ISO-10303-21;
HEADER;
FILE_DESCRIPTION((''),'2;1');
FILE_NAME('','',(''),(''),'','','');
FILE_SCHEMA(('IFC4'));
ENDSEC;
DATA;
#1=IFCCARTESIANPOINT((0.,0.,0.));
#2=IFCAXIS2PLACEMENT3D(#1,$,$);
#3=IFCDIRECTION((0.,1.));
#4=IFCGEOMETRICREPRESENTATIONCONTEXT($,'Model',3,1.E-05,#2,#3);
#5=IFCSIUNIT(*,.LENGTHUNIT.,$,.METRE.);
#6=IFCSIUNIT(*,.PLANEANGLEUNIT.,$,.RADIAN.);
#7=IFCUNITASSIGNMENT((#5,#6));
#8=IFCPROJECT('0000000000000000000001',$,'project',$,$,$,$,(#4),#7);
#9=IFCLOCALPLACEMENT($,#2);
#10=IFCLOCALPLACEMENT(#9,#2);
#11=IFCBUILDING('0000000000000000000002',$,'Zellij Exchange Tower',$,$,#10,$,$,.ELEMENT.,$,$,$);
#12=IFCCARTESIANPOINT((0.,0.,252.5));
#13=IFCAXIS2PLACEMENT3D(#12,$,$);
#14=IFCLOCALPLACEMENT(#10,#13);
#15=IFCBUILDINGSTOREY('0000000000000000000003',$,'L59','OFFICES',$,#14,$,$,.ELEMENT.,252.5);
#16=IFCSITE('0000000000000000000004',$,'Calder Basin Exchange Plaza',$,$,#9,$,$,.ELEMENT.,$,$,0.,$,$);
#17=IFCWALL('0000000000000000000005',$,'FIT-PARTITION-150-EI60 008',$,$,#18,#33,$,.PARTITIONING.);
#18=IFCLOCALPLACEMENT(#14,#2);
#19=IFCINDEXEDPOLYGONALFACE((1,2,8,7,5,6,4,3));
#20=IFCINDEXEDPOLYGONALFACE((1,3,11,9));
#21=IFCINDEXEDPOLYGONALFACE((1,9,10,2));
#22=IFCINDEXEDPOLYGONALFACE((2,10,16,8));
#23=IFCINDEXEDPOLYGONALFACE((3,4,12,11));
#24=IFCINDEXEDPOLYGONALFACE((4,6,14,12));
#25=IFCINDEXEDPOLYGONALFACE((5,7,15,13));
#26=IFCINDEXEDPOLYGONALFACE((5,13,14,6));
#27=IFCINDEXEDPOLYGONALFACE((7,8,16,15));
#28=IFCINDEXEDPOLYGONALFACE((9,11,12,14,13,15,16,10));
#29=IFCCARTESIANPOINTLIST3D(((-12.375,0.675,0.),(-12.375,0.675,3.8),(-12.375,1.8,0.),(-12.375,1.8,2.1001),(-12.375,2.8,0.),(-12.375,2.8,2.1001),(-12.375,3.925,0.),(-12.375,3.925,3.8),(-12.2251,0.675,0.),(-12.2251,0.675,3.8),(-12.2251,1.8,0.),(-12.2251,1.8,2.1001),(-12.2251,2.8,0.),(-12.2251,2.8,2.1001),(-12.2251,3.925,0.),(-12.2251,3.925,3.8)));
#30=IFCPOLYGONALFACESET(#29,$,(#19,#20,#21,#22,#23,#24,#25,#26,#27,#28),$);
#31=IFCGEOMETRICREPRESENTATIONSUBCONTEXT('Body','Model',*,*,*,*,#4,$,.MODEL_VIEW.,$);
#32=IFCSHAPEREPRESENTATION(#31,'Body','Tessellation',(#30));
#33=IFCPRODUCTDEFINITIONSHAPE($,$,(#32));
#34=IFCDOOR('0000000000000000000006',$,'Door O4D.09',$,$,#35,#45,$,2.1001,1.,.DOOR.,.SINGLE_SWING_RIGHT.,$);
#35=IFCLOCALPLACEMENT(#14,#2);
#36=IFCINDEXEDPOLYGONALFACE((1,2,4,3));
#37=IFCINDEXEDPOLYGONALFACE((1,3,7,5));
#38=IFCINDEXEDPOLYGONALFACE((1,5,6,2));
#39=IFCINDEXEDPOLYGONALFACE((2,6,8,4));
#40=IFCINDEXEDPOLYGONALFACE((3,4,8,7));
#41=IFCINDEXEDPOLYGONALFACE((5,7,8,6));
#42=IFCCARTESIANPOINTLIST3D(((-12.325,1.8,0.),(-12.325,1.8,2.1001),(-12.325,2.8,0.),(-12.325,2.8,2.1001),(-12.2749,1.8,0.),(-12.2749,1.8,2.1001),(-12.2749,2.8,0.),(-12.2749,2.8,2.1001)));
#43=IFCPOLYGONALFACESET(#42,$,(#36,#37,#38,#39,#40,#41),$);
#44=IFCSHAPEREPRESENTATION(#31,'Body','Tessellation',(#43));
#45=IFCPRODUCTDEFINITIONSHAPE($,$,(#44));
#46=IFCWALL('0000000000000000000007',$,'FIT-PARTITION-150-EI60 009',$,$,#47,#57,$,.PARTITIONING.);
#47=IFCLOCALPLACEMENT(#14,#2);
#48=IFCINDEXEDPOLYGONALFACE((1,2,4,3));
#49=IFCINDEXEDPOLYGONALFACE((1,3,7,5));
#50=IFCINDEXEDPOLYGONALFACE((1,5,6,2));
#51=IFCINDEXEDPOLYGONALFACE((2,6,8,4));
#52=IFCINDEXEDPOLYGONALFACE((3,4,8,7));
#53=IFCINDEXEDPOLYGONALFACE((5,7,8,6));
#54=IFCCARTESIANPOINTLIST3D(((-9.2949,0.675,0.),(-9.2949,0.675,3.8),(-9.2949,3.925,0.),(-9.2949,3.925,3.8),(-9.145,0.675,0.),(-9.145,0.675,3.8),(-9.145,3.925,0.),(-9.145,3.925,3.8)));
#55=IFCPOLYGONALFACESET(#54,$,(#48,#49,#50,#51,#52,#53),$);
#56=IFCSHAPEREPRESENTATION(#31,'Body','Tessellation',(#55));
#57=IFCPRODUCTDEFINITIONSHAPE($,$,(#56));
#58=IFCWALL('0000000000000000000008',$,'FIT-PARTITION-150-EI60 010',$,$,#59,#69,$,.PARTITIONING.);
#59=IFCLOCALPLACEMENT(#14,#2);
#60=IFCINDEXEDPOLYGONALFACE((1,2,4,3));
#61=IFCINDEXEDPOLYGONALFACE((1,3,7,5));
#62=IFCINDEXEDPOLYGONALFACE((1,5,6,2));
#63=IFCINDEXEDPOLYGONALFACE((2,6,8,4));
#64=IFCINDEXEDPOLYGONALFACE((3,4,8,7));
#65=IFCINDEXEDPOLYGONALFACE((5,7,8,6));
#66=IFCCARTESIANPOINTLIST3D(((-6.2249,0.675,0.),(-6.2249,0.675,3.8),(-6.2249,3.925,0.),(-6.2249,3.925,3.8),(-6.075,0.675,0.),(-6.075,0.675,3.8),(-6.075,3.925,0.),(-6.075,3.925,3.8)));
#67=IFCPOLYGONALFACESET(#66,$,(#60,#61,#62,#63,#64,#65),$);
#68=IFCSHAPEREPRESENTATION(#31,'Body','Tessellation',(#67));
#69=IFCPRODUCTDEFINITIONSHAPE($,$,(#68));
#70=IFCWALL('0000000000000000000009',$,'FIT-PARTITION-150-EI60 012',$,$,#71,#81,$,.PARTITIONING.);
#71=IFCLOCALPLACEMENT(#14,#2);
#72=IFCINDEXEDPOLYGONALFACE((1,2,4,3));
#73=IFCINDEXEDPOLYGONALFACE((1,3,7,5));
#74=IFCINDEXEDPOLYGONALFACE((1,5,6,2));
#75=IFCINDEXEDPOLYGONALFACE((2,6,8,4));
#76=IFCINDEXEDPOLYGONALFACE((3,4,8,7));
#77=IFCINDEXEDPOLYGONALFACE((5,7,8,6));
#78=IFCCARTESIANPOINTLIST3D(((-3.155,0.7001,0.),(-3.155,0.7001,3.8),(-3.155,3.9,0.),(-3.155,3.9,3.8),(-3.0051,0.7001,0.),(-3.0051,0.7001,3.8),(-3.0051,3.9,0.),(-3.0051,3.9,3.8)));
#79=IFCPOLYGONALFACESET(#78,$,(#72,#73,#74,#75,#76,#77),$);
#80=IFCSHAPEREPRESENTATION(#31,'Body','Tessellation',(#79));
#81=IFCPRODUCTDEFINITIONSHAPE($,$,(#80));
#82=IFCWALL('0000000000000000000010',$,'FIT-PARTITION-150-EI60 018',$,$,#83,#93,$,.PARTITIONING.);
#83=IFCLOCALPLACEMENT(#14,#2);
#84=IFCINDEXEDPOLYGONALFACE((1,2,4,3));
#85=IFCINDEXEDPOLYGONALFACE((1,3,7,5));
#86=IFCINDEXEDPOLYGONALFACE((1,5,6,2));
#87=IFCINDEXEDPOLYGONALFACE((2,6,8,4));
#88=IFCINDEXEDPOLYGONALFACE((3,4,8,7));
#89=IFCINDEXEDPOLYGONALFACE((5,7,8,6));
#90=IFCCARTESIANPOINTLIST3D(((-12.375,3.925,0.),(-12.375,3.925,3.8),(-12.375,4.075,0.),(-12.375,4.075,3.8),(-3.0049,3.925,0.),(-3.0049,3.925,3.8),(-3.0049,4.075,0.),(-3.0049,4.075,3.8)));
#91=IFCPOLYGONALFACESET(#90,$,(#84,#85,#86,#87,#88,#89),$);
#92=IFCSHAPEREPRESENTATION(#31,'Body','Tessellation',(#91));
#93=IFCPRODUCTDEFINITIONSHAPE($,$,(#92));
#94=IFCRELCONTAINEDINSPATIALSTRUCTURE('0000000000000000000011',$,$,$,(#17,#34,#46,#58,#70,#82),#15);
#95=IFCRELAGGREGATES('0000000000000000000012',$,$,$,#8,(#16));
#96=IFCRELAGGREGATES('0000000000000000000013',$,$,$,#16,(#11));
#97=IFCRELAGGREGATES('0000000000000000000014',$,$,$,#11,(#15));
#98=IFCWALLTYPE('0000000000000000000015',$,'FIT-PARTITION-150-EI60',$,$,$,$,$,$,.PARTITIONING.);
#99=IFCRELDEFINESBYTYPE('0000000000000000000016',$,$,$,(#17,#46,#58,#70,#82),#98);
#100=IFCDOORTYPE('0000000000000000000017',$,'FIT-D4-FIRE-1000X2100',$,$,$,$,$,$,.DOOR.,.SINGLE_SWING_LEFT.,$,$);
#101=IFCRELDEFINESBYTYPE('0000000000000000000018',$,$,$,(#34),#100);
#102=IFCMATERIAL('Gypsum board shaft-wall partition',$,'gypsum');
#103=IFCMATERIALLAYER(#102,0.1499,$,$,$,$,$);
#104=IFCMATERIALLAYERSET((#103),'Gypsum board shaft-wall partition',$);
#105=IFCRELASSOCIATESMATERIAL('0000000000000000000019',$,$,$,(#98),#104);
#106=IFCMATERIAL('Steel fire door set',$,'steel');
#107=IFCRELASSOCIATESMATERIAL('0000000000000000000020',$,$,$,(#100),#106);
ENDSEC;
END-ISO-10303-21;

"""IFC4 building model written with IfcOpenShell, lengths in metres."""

from ifc_helpers import new_model, si_unit, direction, frame, frame_2d, origin, place, context, subcontext, project, spatial, rectangle, extrude, material, layer, layer_set, type_object, element, fill, save


model = new_model("IFC4")

# Units and contexts
model_context = context("Model", 3, precision=1e-05, world=origin(), true_north=direction((0.0, 1.0)))
body_context = subcontext(model_context, "Body", "Model", "MODEL_VIEW")
ifc_project = project(units=[si_unit("LENGTHUNIT", "METRE"), si_unit("PLANEANGLEUNIT", "RADIAN")], contexts=[model_context])

# Site, building, storey
site_placement = place(None, origin())
site = spatial("IfcSite", under=ifc_project, at=site_placement, Name="Calder Basin Exchange Plaza", CompositionType="ELEMENT", RefElevation=0.0)
building_placement = place(site_placement, origin())
building = spatial("IfcBuilding", under=site, at=building_placement, Name="Zellij Exchange Tower", CompositionType="ELEMENT")
storey_placement = place(building_placement, frame((0.0, 0.0, 252.5)))
storey = spatial("IfcBuildingStorey", under=building, at=storey_placement, Name="L59", Description="OFFICES", CompositionType="ELEMENT", Elevation=252.5)

# Shared definitions
ifc_material_1 = material(Name="Gypsum board shaft-wall partition", Category="gypsum")
ifc_layer_1 = layer(ifc_material_1, 0.1499)
ifc_layer_set_1 = layer_set([ifc_layer_1], Name="Gypsum board shaft-wall partition")
wall_type_1 = type_object("IfcWallType", Name="FIT-PARTITION-150-EI60", PredefinedType="PARTITIONING", material=ifc_layer_set_1)
ifc_material_2 = material(Name="Steel fire door set", Category="steel")
door_type_1 = type_object("IfcDoorType", Name="FIT-D4-FIRE-1000X2100", OperationType="SINGLE_SWING_LEFT", PredefinedType="DOOR", material=ifc_material_2)

# Wall, opening, door
wall_1_placement = place(storey_placement, frame((-12.3, 0.675, 0.0), z_axis=(0.0, 0.0, 1.0), x_axis=(0.0, 1.0, 0.0)))
wall_1 = element("IfcWall", 1, at=wall_1_placement, inside=storey, type_object=wall_type_1, Name="FIT-PARTITION-150-EI60 008", PredefinedType="PARTITIONING", context=body_context, shape_type="SweptSolid", body=[
    extrude(rectangle(XDim=3.25, YDim=0.1499, at=frame_2d((1.625, 0.0))), origin(), (0.0, 0.0, 1.0), 3.8),
])
opening_1_placement = place(wall_1_placement, frame((1.125, 0.0, 0.0)))
opening_1 = element("IfcOpeningElement", 2, at=opening_1_placement, cuts=wall_1, PredefinedType="OPENING", context=body_context, shape_type="SweptSolid", body=[
    extrude(rectangle(XDim=1.0, YDim=2.1001, at=frame_2d((0.5, 1.05))), frame((0.0, 0.0869, 0.0), z_axis=(0.0, -1.0, 0.0), x_axis=(1.0, 0.0, 0.0)), (0.0, 0.0, 1.0), 0.1738),
])
door_1_placement = place(opening_1_placement, origin())
door_1 = element("IfcDoor", 3, at=door_1_placement, inside=storey, type_object=door_type_1, Name="Door O4D.09", OperationType="SINGLE_SWING_RIGHT", OverallHeight=2.1001, OverallWidth=1.0, PredefinedType="DOOR", context=body_context, shape_type="SweptSolid", body=[
    extrude(rectangle(XDim=1.0, YDim=2.1001, at=frame_2d((0.5, 1.05))), frame((0.0, 0.0249, 0.0), z_axis=(0.0, -1.0, 0.0), x_axis=(1.0, 0.0, 0.0)), (0.0, 0.0, 1.0), 0.05),
])
fill(opening_1, door_1)

# Walls
for number, where, z_axis, x_axis, name in (
    (4, (-9.22, 0.675, 0.0), (0.0, 0.0, 1.0), (0.0, 1.0, 0.0), "FIT-PARTITION-150-EI60 009"),
    (5, (-6.1499, 0.675, 0.0), (0.0, 0.0, 1.0), (0.0, 1.0, 0.0), "FIT-PARTITION-150-EI60 010"),
):
    element("IfcWall", number, at=place(storey_placement, frame(where, z_axis=z_axis, x_axis=x_axis)), inside=storey, type_object=wall_type_1, Name=name, PredefinedType="PARTITIONING", context=body_context, shape_type="SweptSolid", body=[
        extrude(rectangle(XDim=3.25, YDim=0.1499, at=frame_2d((1.625, 0.0))), origin(), (0.0, 0.0, 1.0), 3.8),
    ])
wall_2_placement = place(storey_placement, frame((-3.0801, 0.7, 0.0), z_axis=(0.0, 0.0, 1.0), x_axis=(0.0, 1.0, 0.0)))
element("IfcWall", 6, at=wall_2_placement, inside=storey, type_object=wall_type_1, Name="FIT-PARTITION-150-EI60 012", PredefinedType="PARTITIONING", context=body_context, shape_type="SweptSolid", body=[
    extrude(rectangle(XDim=3.2, YDim=0.1499, at=frame_2d((1.6001, 0.0))), origin(), (0.0, 0.0, 1.0), 3.8),
])
wall_3_placement = place(storey_placement, frame((-12.375, 4.0, 0.0), z_axis=(0.0, 0.0, 1.0), x_axis=(1.0, 0.0, 0.0)))
element("IfcWall", 7, at=wall_3_placement, inside=storey, type_object=wall_type_1, Name="FIT-PARTITION-150-EI60 018", PredefinedType="PARTITIONING", context=body_context, shape_type="SweptSolid", body=[
    extrude(rectangle(XDim=9.3701, YDim=0.1499, at=frame_2d((4.6851, 0.0))), origin(), (0.0, 0.0, 1.0), 3.8),
])

save(model, "model.ifc")
